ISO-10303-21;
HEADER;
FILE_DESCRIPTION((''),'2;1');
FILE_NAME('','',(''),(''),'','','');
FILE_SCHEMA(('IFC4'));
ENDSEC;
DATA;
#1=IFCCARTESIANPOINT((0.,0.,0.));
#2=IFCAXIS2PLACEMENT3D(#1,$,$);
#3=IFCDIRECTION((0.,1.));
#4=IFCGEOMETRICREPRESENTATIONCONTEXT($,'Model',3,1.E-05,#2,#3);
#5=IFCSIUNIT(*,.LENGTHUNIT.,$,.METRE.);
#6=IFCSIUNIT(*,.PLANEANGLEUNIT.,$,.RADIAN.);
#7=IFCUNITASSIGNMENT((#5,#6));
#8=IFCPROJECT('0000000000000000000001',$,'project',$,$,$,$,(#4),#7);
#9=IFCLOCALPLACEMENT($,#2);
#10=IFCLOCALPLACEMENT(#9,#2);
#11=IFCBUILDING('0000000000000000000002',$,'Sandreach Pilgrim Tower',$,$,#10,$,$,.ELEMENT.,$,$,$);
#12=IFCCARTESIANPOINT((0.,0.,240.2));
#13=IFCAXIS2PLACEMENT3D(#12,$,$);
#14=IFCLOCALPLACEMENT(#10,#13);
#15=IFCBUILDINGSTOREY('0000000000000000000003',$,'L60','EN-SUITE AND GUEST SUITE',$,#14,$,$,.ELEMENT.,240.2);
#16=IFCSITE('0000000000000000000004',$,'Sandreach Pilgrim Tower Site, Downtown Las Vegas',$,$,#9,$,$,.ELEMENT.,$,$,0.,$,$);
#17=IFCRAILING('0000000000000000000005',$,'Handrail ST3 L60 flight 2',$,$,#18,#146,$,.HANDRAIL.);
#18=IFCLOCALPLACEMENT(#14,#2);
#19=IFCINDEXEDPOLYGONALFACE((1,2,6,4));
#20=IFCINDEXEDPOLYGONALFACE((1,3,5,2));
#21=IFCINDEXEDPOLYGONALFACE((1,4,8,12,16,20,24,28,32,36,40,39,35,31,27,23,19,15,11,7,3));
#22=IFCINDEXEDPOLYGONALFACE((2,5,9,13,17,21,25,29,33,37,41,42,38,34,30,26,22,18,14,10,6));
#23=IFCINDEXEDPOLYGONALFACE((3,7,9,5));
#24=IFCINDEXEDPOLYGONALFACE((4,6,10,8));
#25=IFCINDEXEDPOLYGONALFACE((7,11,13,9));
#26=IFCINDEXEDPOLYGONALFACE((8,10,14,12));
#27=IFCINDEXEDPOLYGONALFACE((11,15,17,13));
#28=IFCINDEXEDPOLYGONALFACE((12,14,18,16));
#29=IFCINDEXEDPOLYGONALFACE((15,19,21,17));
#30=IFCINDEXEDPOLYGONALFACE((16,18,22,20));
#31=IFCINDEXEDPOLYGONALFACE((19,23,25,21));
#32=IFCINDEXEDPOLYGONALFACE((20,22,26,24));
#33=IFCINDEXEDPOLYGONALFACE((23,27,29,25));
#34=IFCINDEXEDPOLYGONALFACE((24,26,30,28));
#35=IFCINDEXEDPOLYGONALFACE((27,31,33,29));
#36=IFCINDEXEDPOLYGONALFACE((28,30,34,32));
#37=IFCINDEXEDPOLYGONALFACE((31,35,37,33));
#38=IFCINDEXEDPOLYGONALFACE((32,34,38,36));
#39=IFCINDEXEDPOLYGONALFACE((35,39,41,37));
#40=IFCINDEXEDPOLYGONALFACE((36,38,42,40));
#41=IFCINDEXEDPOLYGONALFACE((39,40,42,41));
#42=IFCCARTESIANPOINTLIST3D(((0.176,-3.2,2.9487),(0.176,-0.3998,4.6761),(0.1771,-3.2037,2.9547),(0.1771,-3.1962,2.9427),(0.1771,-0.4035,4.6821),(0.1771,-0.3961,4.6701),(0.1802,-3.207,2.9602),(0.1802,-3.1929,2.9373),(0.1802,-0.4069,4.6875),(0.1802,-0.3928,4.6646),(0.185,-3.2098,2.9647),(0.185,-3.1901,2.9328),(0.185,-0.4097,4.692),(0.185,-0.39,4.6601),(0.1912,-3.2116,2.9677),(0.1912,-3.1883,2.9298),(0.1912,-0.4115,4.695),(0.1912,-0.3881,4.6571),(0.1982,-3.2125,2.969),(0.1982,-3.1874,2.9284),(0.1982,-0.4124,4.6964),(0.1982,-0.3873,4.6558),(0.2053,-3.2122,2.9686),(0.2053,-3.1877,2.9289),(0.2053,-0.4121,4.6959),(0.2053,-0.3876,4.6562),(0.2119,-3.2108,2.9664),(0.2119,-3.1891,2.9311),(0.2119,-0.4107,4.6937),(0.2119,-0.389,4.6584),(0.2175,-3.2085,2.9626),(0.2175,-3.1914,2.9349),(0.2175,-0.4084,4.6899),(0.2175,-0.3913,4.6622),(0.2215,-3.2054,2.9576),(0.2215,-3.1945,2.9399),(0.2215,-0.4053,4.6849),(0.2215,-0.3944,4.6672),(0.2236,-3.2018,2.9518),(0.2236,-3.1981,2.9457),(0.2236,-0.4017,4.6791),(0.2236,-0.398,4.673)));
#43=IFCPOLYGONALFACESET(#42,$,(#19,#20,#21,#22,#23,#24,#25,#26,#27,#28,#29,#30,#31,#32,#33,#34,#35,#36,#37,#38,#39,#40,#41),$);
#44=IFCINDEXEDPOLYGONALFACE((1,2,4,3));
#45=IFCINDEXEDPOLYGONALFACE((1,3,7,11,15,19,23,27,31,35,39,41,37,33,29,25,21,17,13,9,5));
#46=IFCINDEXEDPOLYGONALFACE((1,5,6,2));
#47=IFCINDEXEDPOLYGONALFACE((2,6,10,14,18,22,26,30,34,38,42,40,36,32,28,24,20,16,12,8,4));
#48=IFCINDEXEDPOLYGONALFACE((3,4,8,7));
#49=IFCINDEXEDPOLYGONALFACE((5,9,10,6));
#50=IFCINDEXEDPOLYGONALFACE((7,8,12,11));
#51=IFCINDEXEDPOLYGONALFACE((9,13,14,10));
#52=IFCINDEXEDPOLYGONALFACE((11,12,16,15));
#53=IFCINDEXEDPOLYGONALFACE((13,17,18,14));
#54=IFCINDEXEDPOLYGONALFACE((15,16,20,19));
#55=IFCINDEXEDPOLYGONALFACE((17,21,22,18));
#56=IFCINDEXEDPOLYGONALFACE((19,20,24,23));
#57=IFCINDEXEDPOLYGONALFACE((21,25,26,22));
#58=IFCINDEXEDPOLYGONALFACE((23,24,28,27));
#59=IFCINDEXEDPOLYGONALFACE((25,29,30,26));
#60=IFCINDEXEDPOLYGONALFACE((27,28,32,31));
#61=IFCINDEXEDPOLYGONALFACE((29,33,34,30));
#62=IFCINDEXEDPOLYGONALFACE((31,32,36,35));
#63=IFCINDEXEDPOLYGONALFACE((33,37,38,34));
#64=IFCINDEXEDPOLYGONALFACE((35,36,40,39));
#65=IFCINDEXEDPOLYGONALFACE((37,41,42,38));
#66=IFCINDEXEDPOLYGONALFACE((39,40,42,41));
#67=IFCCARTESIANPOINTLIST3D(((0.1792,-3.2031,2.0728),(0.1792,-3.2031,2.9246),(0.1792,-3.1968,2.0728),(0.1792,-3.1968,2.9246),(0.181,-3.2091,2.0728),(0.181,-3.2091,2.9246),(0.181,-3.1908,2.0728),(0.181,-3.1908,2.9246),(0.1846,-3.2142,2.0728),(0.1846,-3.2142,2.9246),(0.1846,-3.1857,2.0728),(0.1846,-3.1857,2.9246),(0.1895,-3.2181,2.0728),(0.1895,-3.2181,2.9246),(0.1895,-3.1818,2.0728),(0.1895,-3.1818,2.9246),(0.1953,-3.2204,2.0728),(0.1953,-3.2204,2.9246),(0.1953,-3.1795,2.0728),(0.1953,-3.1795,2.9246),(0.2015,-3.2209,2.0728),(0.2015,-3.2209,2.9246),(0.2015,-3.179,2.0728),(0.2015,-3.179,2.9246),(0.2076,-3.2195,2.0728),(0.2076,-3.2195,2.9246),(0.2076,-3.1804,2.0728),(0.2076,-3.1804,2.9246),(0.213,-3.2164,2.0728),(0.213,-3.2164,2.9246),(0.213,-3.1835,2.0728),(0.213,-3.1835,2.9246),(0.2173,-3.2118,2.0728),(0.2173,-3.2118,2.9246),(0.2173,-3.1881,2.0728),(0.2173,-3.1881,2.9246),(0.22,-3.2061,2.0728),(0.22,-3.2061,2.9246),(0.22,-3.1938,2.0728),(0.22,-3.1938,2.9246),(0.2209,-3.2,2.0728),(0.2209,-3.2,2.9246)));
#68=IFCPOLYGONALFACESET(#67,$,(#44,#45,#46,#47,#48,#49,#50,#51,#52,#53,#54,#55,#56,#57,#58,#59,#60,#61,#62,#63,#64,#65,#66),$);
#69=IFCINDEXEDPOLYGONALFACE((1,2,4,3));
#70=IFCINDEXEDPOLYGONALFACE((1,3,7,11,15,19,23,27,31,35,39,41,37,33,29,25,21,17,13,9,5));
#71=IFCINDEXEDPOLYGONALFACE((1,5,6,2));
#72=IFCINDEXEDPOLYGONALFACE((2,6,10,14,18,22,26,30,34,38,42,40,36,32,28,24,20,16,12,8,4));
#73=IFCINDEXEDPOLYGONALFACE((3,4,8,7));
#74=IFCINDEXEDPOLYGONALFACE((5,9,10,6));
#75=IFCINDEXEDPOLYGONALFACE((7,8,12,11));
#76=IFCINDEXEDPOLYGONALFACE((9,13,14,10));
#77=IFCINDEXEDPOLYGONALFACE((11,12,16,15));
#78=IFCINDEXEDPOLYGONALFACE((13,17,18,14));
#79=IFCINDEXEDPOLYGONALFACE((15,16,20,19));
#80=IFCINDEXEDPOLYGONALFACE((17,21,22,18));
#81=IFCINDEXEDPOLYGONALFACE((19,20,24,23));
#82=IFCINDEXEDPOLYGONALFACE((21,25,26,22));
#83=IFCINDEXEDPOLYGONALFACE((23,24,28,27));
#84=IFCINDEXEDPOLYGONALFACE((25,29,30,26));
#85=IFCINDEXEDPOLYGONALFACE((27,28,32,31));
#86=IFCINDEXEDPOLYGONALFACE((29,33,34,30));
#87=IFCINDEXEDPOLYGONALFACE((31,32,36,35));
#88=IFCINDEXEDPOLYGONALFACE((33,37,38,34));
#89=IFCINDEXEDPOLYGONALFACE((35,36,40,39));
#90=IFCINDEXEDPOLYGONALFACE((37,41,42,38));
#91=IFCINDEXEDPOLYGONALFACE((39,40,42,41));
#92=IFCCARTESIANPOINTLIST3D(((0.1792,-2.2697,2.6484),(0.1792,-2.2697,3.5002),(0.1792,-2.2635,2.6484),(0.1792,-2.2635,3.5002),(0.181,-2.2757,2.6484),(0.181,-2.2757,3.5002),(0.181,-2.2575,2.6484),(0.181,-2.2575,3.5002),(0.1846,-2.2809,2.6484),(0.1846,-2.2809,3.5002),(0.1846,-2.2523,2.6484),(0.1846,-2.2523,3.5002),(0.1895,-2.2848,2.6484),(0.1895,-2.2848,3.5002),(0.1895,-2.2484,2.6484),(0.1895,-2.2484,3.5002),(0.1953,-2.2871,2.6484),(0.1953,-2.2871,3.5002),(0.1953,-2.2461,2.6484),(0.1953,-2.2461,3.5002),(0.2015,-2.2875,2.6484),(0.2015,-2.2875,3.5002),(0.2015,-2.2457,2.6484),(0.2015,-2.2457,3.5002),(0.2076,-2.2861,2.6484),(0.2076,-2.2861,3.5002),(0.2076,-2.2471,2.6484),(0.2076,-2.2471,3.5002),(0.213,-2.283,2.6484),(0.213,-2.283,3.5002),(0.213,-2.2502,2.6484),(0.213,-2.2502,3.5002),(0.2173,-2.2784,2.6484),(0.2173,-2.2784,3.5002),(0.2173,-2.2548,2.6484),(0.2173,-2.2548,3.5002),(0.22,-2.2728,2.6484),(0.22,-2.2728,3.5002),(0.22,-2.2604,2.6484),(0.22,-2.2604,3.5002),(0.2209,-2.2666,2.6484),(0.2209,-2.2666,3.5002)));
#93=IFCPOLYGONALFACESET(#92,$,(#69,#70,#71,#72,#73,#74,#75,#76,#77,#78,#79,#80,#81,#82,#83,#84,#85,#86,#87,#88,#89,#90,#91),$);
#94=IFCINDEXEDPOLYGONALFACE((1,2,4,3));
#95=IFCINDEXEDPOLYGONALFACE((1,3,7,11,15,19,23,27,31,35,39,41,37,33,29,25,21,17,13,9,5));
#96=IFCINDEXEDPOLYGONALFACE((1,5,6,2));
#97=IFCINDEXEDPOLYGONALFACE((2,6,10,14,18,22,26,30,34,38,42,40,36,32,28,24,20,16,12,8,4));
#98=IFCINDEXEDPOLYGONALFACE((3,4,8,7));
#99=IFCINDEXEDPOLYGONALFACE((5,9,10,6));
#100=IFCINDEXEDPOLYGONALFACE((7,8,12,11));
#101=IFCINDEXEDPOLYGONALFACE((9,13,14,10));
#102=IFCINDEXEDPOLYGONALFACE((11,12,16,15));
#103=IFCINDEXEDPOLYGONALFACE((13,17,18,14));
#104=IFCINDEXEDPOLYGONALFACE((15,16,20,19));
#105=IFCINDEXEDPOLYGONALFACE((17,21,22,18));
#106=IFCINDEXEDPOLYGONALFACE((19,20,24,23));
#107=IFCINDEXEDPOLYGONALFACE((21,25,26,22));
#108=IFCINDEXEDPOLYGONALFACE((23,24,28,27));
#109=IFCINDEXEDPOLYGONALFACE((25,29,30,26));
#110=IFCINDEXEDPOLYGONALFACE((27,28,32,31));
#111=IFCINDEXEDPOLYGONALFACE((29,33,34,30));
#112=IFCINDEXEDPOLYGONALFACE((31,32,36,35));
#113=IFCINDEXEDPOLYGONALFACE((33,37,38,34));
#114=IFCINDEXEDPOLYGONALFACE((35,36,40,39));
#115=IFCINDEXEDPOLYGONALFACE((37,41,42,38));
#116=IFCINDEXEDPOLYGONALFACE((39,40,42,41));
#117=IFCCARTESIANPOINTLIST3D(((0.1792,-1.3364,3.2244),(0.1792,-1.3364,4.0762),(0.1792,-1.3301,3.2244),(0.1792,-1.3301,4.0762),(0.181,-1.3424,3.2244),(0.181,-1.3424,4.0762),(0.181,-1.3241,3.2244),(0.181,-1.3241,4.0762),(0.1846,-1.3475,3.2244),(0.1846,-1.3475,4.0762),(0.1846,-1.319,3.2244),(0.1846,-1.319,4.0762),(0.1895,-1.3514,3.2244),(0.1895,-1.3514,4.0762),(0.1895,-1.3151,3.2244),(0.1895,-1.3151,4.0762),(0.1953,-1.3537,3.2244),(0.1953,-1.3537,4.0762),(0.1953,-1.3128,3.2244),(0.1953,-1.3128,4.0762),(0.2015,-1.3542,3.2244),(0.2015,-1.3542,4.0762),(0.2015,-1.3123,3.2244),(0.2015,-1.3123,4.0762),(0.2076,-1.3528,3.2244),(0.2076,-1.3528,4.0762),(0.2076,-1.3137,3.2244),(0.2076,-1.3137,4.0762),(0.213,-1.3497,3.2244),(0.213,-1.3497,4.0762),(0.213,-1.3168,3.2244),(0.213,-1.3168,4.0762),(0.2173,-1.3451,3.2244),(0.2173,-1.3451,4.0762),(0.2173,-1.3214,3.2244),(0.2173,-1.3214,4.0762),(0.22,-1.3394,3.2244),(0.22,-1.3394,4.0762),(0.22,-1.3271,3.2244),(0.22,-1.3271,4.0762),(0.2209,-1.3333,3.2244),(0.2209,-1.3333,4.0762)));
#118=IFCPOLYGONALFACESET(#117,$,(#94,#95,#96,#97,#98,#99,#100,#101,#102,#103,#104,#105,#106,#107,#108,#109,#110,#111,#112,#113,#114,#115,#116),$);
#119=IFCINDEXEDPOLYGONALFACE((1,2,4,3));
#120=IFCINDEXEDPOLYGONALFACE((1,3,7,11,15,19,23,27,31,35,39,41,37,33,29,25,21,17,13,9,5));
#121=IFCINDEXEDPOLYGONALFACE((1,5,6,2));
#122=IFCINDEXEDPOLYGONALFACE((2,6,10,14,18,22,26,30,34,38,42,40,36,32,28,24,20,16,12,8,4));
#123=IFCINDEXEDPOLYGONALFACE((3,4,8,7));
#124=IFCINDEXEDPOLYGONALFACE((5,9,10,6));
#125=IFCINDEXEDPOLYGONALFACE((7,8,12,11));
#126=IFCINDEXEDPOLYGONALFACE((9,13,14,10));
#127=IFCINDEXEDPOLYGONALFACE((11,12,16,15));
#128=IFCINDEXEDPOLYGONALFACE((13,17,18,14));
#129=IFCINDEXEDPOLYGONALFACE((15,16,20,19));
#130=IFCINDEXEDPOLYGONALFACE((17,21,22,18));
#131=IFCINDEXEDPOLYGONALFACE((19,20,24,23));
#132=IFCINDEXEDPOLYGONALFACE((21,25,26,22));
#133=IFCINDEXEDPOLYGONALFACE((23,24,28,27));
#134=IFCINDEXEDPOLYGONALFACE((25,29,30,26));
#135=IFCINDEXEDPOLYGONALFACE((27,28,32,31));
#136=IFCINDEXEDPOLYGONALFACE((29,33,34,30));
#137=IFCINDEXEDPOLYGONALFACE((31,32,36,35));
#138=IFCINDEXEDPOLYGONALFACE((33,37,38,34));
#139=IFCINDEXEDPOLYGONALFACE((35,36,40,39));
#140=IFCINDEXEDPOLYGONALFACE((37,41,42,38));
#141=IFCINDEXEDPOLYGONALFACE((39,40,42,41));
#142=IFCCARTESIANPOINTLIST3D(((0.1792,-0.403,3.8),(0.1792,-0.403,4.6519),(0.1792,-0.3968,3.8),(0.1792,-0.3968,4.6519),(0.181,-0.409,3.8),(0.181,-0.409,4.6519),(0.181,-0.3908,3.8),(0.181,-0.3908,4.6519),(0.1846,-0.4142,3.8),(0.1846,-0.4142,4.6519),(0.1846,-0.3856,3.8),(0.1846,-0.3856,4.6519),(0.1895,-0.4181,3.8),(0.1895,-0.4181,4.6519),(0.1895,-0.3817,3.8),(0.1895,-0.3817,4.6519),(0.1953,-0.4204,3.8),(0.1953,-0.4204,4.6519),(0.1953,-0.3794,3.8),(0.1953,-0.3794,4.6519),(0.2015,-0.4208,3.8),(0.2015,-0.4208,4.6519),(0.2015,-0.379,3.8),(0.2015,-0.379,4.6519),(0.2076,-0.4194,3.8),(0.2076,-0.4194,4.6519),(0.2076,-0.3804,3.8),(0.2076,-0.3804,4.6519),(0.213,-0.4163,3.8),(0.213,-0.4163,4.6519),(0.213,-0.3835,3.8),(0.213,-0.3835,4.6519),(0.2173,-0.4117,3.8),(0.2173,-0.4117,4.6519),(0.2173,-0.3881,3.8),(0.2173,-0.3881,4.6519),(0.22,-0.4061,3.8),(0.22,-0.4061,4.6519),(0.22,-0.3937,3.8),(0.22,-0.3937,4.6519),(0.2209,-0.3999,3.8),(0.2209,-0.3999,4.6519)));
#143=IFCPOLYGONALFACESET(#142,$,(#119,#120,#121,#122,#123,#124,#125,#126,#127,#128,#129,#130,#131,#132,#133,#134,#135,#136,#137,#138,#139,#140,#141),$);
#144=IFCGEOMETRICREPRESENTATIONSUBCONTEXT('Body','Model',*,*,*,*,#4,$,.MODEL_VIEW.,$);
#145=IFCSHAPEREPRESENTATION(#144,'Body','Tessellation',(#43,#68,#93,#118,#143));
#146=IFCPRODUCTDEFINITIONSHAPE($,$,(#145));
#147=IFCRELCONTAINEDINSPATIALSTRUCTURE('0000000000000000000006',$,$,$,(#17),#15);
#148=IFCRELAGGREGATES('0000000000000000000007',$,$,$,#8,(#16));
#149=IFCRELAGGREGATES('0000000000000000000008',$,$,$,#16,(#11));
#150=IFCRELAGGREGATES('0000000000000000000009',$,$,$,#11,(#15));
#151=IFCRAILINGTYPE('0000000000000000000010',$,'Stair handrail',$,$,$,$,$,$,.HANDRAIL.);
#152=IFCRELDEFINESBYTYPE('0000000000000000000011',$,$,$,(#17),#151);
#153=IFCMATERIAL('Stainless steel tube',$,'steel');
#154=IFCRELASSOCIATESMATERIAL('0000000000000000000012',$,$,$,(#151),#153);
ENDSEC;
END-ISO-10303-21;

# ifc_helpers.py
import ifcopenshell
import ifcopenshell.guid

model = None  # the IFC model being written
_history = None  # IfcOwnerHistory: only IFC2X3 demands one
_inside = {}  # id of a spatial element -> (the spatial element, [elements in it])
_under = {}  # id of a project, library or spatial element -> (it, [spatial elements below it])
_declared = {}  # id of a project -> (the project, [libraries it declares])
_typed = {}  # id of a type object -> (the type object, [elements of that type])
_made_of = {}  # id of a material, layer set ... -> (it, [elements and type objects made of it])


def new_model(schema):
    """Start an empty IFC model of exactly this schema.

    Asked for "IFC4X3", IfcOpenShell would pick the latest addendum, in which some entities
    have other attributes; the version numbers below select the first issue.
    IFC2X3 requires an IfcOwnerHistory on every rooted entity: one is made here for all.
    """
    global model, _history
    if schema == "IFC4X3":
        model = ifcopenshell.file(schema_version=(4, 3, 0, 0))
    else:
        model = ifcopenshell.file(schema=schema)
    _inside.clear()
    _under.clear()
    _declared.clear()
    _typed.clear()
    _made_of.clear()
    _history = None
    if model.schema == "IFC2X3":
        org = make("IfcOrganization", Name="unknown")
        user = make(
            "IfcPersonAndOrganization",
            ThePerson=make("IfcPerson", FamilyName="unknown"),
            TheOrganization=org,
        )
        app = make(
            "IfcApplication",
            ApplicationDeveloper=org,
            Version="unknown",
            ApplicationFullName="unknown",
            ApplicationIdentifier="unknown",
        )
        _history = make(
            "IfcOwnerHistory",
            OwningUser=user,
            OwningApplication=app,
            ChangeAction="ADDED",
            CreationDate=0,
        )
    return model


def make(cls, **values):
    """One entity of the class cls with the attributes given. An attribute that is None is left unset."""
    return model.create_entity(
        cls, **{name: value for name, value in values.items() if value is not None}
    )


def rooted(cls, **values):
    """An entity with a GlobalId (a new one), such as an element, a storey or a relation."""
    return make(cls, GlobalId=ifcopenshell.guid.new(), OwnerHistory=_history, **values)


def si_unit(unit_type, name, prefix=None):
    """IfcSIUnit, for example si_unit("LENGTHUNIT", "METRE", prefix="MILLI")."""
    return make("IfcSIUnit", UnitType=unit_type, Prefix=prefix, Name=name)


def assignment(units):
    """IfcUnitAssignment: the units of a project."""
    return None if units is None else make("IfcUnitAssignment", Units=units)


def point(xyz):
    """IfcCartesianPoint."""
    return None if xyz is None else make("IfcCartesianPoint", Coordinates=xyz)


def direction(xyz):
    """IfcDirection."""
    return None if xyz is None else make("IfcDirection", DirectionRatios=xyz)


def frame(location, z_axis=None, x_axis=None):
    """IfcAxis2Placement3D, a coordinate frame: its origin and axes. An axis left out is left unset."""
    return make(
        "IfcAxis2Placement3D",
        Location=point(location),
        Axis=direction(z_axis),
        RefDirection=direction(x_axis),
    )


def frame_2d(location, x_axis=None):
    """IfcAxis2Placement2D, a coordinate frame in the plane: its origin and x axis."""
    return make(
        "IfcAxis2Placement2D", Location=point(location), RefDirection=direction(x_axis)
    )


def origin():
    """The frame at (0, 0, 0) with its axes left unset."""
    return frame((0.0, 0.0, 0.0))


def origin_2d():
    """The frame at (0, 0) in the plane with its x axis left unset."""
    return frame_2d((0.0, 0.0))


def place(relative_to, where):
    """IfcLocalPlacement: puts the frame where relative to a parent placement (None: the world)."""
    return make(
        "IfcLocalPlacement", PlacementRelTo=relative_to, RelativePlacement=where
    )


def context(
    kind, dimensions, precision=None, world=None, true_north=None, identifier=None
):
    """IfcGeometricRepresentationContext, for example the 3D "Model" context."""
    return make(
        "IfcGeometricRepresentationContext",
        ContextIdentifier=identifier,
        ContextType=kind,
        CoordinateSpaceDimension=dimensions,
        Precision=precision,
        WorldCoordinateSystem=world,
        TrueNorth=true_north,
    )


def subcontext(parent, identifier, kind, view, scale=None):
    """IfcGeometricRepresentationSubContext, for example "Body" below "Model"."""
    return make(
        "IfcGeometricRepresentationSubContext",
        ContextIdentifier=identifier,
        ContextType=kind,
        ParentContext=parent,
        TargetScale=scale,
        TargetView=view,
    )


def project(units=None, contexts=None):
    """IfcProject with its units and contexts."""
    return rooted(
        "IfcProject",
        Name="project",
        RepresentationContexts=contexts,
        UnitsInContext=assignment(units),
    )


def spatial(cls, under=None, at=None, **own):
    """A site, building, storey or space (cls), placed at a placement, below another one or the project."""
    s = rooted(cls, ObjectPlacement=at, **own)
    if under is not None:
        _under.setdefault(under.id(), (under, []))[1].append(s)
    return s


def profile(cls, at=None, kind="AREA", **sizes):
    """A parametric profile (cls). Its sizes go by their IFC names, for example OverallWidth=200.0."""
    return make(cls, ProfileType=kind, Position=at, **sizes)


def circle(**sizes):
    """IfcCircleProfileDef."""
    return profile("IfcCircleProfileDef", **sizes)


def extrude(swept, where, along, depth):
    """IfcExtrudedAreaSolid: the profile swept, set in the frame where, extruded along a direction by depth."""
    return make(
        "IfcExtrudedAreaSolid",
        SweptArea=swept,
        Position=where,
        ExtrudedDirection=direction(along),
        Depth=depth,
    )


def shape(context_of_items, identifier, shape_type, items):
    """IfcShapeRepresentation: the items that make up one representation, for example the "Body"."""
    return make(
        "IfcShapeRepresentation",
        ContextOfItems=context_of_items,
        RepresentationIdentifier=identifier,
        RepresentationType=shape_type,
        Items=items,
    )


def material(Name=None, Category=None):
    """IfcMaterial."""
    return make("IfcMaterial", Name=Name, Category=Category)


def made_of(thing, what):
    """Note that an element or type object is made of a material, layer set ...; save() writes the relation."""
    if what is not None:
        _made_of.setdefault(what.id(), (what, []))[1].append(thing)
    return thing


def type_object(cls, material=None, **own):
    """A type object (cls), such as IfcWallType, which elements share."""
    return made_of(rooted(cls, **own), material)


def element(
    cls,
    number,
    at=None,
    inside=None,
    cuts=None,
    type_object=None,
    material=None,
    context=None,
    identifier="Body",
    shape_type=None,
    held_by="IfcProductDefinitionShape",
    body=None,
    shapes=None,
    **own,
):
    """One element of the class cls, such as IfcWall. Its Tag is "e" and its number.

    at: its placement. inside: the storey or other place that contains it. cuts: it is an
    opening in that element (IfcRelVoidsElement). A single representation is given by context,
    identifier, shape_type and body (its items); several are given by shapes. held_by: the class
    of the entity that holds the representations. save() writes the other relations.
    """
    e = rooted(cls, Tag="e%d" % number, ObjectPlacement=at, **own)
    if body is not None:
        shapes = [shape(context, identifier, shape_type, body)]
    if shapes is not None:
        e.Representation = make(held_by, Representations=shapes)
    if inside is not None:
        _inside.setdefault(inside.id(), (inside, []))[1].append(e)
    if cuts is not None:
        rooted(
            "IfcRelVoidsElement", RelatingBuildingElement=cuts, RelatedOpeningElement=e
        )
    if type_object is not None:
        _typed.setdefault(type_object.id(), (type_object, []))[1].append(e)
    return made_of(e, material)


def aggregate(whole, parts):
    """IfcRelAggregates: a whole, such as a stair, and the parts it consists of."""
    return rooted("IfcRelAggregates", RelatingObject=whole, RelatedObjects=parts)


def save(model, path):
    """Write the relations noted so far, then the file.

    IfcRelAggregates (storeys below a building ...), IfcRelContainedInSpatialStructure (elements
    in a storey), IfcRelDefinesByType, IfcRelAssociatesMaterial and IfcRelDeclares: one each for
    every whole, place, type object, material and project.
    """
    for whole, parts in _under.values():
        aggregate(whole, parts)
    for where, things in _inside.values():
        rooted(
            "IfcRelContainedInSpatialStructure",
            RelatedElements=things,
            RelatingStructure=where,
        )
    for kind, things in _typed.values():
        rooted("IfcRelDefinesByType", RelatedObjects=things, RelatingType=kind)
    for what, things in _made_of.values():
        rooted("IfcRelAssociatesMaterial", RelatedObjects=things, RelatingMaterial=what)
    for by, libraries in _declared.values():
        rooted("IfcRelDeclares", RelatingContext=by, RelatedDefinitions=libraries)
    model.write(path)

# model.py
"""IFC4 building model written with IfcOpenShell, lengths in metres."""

from ifc_helpers import new_model, si_unit, direction, frame, origin, origin_2d, place, context, subcontext, project, spatial, circle, extrude, material, type_object, element, save


model = new_model("IFC4")

# Units and contexts
model_context = context("Model", 3, precision=1e-05, world=origin(), true_north=direction((0.0, 1.0)))
body_context = subcontext(model_context, "Body", "Model", "MODEL_VIEW")
ifc_project = project(units=[si_unit("LENGTHUNIT", "METRE"), si_unit("PLANEANGLEUNIT", "RADIAN")], contexts=[model_context])

# Site, building, storey
site_placement = place(None, origin())
site = spatial("IfcSite", under=ifc_project, at=site_placement, Name="Sandreach Pilgrim Tower Site, Downtown Las Vegas", CompositionType="ELEMENT", RefElevation=0.0)
building_placement = place(site_placement, origin())
building = spatial("IfcBuilding", under=site, at=building_placement, Name="Sandreach Pilgrim Tower", CompositionType="ELEMENT")
storey_placement = place(building_placement, frame((0.0, 0.0, 240.2)))
storey = spatial("IfcBuildingStorey", under=building, at=storey_placement, Name="L60", Description="EN-SUITE AND GUEST SUITE", CompositionType="ELEMENT", Elevation=240.2)

# Railing
ifc_material_1 = material(Name="Stainless steel tube", Category="steel")
railing_type = type_object("IfcRailingType", Name="Stair handrail", PredefinedType="HANDRAIL", material=ifc_material_1)
for number, where, name in (
    (1, (0.2, -3.2, 2.0728), "Handrail ST3 L60 flight 2"),
):
    element("IfcRailing", number, at=place(storey_placement, frame(where)), inside=storey, type_object=railing_type, Name=name, PredefinedType="HANDRAIL", context=body_context, shape_type="SweptSolid", body=[
        extrude(circle(Radius=0.0239, at=origin_2d()), frame((0.0, 0.0, 0.876), z_axis=(0.0, 0.85109, 0.52502), x_axis=(-1.0, 0.0, 0.0)), (0.0, 0.0, 1.0), 3.29),
        extrude(circle(Radius=0.021, at=origin_2d()), origin(), (0.0, 0.0, 1.0), 0.8518),
        extrude(circle(Radius=0.021, at=origin_2d()), frame((0.0, 0.9333, 0.5757)), (0.0, 0.0, 1.0), 0.8518),
        extrude(circle(Radius=0.021, at=origin_2d()), frame((0.0, 1.8667, 1.1516)), (0.0, 0.0, 1.0), 0.8518),
        extrude(circle(Radius=0.021, at=origin_2d()), frame((0.0, 2.8, 1.7273)), (0.0, 0.0, 1.0), 0.8518),
    ])

save(model, "model.ifc")
